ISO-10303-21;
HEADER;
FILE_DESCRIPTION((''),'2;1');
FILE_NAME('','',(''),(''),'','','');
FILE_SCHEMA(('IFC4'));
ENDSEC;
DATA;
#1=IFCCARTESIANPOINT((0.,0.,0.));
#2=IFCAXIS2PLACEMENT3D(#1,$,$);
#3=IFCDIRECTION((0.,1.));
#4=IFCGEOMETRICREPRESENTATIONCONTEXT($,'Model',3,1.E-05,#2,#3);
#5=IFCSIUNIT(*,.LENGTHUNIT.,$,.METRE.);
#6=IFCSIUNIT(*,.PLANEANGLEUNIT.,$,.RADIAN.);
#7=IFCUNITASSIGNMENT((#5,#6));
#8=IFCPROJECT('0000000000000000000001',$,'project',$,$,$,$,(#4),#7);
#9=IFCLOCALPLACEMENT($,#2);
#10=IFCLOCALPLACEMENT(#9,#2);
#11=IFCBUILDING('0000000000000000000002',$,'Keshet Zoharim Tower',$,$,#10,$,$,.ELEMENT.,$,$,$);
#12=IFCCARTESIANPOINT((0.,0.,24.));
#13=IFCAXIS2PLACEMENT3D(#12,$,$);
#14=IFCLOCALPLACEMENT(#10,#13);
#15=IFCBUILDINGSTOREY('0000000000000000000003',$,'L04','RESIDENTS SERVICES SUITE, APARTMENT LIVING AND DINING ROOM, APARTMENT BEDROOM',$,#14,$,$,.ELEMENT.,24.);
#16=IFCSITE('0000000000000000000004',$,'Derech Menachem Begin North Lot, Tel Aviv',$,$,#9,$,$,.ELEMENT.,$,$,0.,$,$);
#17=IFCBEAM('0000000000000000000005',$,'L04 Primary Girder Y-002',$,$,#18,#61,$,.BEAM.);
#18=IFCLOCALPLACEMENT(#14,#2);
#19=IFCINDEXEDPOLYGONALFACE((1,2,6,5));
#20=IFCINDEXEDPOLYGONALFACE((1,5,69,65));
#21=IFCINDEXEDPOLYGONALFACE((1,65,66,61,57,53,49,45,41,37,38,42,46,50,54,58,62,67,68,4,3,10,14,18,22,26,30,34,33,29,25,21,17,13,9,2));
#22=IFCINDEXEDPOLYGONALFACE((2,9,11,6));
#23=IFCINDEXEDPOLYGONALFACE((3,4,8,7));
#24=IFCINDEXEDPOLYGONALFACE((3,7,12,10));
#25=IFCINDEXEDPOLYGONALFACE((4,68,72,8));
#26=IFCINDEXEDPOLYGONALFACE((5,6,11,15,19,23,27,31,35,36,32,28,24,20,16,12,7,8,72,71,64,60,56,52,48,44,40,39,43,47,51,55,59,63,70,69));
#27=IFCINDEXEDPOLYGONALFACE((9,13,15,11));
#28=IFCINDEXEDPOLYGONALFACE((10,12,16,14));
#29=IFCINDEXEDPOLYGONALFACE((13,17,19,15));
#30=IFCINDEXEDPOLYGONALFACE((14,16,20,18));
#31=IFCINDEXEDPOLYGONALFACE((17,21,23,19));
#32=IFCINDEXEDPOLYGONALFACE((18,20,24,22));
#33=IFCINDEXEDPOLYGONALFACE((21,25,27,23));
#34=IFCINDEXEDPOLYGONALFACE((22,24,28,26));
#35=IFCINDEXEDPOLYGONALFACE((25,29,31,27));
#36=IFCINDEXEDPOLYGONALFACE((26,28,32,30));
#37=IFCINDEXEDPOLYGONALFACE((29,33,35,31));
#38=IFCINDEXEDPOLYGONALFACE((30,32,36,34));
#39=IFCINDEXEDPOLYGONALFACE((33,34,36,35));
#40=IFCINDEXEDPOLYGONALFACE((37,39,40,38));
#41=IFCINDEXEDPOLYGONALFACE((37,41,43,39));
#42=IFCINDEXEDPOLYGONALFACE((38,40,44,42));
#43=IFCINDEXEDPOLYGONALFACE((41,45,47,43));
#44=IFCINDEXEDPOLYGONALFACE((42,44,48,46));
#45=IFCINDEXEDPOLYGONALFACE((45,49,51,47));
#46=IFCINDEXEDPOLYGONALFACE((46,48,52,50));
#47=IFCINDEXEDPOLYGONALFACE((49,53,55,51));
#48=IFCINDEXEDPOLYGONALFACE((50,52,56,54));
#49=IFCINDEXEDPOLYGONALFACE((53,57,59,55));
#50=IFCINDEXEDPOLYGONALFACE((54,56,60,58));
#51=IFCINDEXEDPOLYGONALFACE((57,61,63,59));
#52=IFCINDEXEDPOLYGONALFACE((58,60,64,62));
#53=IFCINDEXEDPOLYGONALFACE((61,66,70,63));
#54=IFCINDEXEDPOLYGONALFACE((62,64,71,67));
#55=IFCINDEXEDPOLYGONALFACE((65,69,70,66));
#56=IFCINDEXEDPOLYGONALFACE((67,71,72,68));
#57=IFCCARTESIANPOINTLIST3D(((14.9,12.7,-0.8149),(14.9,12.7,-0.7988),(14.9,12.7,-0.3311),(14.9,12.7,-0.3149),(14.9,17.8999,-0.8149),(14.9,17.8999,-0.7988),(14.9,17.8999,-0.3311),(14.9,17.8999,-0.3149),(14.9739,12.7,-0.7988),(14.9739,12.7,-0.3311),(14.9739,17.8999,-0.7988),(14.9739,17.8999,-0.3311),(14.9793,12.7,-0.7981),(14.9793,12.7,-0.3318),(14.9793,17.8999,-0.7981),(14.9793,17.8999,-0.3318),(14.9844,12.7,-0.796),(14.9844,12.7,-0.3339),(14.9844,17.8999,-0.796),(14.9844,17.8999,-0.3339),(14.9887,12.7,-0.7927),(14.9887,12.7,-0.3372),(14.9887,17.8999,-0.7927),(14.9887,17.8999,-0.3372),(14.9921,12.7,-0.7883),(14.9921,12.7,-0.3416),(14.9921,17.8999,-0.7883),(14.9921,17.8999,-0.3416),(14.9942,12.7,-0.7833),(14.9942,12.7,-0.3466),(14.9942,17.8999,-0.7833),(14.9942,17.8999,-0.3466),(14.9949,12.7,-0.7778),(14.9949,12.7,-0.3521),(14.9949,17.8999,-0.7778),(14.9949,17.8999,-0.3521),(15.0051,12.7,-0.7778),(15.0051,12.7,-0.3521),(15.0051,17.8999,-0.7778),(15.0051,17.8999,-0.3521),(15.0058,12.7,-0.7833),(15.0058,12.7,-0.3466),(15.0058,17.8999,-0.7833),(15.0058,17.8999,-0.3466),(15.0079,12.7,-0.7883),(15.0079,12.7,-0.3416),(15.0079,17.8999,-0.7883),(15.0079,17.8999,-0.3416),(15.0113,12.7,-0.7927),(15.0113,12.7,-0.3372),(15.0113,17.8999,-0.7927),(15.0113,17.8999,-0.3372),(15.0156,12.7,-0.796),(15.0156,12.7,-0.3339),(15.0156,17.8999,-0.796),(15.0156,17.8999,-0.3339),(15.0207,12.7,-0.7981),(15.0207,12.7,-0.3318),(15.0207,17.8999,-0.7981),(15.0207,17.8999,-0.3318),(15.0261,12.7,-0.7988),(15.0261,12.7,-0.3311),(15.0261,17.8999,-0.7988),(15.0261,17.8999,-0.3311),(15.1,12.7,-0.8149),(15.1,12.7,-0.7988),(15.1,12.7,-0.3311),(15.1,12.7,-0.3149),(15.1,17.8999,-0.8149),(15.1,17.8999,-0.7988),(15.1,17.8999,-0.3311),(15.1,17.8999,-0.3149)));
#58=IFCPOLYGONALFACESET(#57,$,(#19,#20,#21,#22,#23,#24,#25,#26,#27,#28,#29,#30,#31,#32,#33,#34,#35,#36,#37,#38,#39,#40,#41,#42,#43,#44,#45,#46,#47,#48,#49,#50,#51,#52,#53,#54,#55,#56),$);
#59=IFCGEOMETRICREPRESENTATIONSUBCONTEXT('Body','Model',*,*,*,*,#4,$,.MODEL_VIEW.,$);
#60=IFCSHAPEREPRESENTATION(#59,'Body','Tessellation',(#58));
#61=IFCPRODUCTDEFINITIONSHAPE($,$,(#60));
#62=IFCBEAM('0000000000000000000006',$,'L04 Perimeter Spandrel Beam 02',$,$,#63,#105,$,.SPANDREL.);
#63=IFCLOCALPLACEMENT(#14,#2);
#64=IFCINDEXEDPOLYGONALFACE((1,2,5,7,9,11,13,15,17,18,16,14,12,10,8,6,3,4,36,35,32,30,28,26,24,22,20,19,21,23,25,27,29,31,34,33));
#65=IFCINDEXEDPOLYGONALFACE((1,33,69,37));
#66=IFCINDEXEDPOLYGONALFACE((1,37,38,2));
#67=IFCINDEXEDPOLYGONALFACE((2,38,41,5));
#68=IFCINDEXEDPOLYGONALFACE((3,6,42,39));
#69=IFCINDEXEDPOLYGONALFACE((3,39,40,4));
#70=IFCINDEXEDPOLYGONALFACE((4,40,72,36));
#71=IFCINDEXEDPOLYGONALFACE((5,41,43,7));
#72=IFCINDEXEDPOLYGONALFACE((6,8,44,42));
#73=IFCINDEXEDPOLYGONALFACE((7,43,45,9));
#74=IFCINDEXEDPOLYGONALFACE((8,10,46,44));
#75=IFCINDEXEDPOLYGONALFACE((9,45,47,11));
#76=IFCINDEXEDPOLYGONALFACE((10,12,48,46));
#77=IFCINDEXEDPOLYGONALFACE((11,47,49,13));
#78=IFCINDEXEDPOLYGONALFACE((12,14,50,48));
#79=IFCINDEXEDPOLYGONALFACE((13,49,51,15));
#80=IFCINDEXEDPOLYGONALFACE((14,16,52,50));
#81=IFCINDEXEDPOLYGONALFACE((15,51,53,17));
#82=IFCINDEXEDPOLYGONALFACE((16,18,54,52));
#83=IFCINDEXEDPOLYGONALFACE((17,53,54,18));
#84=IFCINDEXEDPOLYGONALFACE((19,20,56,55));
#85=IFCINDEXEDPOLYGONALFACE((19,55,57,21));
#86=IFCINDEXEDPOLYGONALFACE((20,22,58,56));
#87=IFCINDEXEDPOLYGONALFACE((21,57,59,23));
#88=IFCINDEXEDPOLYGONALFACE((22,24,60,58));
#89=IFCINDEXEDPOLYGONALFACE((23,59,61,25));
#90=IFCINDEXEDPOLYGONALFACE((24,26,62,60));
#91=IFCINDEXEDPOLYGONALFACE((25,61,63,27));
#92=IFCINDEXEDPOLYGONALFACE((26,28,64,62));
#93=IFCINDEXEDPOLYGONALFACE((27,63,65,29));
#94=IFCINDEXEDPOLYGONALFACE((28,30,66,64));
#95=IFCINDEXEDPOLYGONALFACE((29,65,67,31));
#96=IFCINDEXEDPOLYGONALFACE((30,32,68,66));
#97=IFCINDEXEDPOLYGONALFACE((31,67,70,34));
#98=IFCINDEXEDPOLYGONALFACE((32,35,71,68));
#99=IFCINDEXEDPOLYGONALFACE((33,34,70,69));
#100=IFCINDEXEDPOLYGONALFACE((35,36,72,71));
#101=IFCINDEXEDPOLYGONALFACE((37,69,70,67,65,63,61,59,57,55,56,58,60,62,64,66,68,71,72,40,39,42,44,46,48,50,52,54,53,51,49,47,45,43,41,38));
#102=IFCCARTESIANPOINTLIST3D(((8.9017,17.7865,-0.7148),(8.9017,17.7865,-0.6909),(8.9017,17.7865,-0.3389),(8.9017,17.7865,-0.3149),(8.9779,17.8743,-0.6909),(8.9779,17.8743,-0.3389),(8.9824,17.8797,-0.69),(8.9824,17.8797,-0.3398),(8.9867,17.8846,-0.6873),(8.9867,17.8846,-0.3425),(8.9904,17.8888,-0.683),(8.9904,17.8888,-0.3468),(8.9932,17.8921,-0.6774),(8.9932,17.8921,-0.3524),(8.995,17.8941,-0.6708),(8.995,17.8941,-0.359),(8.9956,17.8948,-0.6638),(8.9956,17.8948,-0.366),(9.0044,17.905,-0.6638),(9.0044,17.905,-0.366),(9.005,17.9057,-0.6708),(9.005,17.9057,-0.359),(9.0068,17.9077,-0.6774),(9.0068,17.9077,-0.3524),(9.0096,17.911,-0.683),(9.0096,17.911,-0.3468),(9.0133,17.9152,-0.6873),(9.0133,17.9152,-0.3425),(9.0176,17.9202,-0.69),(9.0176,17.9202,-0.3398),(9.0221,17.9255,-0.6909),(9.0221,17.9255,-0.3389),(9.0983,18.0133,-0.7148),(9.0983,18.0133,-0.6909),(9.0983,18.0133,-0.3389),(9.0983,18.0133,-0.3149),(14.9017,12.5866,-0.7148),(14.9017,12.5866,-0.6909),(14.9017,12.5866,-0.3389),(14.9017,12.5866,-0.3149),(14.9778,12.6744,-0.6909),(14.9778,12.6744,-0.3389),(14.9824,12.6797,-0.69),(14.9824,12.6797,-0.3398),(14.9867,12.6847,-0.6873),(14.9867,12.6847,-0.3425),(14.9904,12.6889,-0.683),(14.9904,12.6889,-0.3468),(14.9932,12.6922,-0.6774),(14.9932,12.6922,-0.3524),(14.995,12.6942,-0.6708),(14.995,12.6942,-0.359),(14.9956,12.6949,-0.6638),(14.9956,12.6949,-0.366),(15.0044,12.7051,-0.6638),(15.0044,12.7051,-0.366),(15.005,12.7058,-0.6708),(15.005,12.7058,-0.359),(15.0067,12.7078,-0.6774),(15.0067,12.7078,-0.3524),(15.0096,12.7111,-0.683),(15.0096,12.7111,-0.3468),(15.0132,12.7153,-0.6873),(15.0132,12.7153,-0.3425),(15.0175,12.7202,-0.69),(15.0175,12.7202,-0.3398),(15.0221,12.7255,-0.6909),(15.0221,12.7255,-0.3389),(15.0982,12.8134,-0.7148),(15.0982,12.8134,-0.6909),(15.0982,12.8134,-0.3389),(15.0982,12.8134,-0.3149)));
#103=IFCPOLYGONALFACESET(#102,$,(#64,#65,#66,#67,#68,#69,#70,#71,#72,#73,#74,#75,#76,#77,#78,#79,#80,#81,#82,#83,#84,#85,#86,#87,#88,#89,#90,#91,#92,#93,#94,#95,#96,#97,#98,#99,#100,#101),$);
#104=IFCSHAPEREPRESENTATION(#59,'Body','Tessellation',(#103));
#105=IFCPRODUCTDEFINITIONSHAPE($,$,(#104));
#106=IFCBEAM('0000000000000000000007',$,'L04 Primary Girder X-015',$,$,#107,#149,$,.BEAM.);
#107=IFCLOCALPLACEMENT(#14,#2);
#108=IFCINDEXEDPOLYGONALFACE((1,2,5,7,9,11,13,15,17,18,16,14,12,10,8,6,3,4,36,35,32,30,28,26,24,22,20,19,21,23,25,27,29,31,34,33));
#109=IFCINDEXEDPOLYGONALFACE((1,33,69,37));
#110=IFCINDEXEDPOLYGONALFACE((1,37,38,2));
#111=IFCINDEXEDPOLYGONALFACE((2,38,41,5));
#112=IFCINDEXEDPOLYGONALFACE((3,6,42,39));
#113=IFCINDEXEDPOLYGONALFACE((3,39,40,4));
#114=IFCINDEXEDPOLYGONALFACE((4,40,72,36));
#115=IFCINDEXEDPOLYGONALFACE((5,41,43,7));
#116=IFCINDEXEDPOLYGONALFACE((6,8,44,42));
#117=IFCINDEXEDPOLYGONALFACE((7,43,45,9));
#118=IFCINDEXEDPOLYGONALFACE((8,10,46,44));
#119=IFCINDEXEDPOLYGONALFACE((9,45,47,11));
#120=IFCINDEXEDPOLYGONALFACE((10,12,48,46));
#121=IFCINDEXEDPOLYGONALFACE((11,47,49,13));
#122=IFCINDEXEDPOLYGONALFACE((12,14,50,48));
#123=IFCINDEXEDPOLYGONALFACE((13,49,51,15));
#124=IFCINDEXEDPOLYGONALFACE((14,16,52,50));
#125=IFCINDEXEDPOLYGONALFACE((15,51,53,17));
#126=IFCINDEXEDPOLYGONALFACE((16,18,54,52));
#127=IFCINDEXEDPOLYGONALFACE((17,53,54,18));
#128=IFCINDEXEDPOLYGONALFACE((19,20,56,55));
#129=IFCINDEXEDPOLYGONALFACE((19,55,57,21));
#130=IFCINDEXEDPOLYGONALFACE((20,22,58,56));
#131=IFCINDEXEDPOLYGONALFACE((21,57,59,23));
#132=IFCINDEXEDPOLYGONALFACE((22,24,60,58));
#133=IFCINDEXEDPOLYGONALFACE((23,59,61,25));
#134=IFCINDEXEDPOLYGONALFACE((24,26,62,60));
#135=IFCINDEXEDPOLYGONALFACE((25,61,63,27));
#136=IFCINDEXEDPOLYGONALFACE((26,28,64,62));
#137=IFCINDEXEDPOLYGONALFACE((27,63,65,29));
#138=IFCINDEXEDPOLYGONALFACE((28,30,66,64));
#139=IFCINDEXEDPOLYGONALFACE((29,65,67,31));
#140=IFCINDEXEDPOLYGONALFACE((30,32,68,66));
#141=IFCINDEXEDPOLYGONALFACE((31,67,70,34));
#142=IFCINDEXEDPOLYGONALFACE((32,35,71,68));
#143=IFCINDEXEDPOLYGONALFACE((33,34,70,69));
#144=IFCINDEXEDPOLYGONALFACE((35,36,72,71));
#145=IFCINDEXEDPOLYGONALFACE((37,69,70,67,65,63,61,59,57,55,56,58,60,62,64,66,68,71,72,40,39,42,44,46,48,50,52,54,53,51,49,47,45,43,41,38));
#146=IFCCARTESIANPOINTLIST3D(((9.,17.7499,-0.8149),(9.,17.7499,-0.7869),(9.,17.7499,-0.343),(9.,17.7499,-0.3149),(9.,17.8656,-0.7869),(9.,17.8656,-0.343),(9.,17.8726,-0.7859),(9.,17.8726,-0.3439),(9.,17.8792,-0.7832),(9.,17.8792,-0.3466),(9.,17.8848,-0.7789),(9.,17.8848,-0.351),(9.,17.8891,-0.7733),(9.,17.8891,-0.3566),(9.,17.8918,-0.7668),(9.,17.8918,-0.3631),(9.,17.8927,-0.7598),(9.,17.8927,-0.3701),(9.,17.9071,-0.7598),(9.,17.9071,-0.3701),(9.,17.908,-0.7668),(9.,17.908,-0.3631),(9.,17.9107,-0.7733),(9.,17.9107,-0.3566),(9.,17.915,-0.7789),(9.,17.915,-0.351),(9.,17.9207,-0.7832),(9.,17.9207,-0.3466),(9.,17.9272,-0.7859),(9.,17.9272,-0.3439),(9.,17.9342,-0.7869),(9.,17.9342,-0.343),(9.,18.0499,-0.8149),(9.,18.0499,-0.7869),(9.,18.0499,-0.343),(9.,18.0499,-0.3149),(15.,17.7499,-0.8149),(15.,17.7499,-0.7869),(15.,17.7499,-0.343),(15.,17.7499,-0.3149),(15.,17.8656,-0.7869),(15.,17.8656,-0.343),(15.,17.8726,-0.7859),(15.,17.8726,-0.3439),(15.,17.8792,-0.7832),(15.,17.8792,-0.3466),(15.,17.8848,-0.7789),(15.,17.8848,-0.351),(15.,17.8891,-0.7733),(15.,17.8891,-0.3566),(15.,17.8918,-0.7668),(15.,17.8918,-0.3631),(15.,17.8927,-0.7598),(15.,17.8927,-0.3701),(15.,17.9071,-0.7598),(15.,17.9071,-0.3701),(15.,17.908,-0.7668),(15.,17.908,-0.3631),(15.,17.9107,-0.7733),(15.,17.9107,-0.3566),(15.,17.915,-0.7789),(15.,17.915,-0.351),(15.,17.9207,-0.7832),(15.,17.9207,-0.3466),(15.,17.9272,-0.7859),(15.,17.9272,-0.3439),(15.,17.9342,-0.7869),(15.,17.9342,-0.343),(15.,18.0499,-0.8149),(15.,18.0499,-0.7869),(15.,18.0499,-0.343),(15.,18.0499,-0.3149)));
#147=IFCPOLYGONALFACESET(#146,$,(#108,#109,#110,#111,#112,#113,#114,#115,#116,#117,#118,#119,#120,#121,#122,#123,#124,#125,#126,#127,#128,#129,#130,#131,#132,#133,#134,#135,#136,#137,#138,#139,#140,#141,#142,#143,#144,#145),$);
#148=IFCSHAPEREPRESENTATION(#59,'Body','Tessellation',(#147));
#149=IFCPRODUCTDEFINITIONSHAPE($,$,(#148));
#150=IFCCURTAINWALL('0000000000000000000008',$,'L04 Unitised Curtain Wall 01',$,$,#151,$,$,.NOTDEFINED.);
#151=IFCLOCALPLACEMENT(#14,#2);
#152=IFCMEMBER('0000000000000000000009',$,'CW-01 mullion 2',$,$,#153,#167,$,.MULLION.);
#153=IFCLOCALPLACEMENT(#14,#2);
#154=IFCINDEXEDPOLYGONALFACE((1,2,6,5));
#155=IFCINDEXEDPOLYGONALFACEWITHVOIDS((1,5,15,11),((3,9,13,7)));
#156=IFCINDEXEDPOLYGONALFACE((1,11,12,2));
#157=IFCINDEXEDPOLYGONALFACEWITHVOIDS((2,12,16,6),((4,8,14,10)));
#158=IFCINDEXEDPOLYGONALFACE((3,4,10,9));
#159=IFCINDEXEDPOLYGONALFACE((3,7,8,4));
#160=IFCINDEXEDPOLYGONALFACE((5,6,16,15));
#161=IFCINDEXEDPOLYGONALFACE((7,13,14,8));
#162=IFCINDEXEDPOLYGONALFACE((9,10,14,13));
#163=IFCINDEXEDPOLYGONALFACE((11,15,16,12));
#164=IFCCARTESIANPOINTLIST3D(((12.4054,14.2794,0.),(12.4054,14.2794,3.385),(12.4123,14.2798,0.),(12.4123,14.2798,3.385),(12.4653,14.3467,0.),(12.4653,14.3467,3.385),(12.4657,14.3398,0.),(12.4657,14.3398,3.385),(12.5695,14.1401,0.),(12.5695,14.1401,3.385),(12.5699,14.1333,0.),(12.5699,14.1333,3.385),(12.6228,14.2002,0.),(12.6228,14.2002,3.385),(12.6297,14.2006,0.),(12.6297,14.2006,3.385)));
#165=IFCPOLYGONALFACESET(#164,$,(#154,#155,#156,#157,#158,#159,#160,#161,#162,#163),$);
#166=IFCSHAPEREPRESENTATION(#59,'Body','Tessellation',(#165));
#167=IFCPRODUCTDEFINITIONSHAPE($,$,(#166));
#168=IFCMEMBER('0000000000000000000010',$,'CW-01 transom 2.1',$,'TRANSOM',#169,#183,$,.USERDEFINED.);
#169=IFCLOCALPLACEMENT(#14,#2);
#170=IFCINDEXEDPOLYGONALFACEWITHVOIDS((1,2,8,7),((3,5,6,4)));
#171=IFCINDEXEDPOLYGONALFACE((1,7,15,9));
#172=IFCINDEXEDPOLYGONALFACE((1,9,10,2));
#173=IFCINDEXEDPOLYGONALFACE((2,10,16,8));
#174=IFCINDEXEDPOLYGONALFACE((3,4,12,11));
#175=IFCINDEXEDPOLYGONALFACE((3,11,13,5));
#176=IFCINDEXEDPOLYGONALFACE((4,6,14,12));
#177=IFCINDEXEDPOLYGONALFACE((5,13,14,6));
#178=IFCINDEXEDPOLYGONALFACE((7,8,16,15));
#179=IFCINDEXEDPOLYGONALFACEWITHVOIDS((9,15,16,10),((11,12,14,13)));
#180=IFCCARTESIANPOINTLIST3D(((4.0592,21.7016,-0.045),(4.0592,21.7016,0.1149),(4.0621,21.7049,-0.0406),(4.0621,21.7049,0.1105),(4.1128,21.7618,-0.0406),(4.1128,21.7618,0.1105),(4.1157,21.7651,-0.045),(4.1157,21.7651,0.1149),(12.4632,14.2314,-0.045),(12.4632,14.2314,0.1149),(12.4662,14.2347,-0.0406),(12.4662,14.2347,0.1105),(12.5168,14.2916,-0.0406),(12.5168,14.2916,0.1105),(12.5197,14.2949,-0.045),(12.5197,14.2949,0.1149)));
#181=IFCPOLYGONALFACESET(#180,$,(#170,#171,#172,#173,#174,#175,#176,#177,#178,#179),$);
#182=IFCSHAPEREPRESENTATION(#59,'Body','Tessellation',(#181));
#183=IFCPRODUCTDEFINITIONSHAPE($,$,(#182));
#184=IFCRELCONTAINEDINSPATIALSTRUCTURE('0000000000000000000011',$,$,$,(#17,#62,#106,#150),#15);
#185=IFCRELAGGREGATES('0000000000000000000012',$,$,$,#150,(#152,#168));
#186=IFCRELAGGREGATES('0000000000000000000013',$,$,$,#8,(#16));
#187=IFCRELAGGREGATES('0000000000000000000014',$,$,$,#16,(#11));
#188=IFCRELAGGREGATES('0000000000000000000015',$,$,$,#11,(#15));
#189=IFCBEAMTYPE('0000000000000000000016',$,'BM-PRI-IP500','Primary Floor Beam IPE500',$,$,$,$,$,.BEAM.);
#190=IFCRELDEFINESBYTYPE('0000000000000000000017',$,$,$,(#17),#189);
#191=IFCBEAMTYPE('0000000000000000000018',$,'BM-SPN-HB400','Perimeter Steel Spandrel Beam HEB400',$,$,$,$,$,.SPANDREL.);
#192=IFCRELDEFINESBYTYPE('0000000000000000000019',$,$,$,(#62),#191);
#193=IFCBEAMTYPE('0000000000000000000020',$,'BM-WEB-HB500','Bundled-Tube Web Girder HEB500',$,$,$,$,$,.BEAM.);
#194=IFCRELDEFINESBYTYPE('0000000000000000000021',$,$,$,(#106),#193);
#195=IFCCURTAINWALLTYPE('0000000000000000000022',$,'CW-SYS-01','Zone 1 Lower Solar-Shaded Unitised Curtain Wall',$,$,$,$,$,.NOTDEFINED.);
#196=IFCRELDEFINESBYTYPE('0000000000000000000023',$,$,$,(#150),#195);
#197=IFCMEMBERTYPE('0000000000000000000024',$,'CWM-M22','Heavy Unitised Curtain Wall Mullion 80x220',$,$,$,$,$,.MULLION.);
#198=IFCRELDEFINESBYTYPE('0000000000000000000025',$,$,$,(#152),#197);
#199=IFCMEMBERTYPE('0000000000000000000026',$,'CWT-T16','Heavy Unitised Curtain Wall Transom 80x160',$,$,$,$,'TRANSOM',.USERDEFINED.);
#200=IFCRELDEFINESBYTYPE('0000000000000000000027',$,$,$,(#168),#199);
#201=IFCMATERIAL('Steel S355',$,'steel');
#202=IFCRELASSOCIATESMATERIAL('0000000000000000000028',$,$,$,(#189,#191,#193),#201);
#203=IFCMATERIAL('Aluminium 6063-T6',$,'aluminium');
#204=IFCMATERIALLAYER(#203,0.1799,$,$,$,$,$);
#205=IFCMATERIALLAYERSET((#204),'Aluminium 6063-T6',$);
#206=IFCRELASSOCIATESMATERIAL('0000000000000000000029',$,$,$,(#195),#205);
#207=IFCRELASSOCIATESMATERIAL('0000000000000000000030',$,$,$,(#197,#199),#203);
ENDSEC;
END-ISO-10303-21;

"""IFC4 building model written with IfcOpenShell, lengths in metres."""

from ifc_helpers import new_model, si_unit, direction, frame, origin, origin_2d, place, context, subcontext, project, spatial, hollow_rectangle, i_section, extrude, material, layer, layer_set, material_profile, profile_set, type_object, element, aggregate, save


model = new_model("IFC4")

# Units and contexts
model_context = context("Model", 3, precision=1e-05, world=origin(), true_north=direction((0.0, 1.0)))
body_context = subcontext(model_context, "Body", "Model", "MODEL_VIEW")
ifc_project = project(units=[si_unit("LENGTHUNIT", "METRE"), si_unit("PLANEANGLEUNIT", "RADIAN")], contexts=[model_context])

# Site, building, storey
site_placement = place(None, origin())
site = spatial("IfcSite", under=ifc_project, at=site_placement, Name="Derech Menachem Begin North Lot, Tel Aviv", CompositionType="ELEMENT", RefElevation=0.0)
building_placement = place(site_placement, origin())
building = spatial("IfcBuilding", under=site, at=building_placement, Name="Keshet Zoharim Tower", CompositionType="ELEMENT")
storey_placement = place(building_placement, frame((0.0, 0.0, 24.0)))
storey = spatial("IfcBuildingStorey", under=building, at=storey_placement, Name="L04", Description="RESIDENTS SERVICES SUITE, APARTMENT LIVING AND DINING ROOM, APARTMENT BEDROOM", CompositionType="ELEMENT", Elevation=24.0)

# Shared definitions
ifc_material_1 = material(Name="Steel S355", Category="steel")

# Beams
ifc_material_profile_1 = material_profile(ifc_material_1, i_section(OverallWidth=0.2, OverallDepth=0.5, WebThickness=0.0103, FlangeThickness=0.0161, FilletRadius=0.021, at=origin_2d()), Name="IPE500")
ifc_profile_set_1 = profile_set([ifc_material_profile_1], Name="Steel S355")
beam_type_1 = type_object("IfcBeamType", Name="BM-PRI-IP500", Description="Primary Floor Beam IPE500", PredefinedType="BEAM", material=ifc_profile_set_1)
beam_1_placement = place(storey_placement, frame((15.0, 12.7, -0.5649), z_axis=(0.0, 1.0, 0.0), x_axis=(-1.0, 0.0, 0.0)))
element("IfcBeam", 1, at=beam_1_placement, inside=storey, type_object=beam_type_1, Name="L04 Primary Girder Y-002", PredefinedType="BEAM", context=body_context, shape_type="SweptSolid", body=[
    extrude(i_section(OverallWidth=0.2, OverallDepth=0.5, WebThickness=0.0103, FlangeThickness=0.0161, FilletRadius=0.021, at=origin_2d()), origin(), (0.0, 0.0, 1.0), 5.2),
])
ifc_material_profile_2 = material_profile(ifc_material_1, i_section(OverallWidth=0.3, OverallDepth=0.3999, WebThickness=0.0134, FlangeThickness=0.0239, FilletRadius=0.0271, at=origin_2d()), Name="HEB400")
ifc_profile_set_2 = profile_set([ifc_material_profile_2], Name="Steel S355")
beam_type_2 = type_object("IfcBeamType", Name="BM-SPN-HB400", Description="Perimeter Steel Spandrel Beam HEB400", PredefinedType="SPANDREL", material=ifc_profile_set_2)
beam_2_placement = place(storey_placement, frame((9.0, 17.8999, -0.5149), z_axis=(0.755692, -0.654927, 0.0), x_axis=(0.654927, 0.755692, 0.0)))
element("IfcBeam", 2, at=beam_2_placement, inside=storey, type_object=beam_type_2, Name="L04 Perimeter Spandrel Beam 02", PredefinedType="SPANDREL", context=body_context, shape_type="SweptSolid", body=[
    extrude(i_section(OverallWidth=0.3, OverallDepth=0.3999, WebThickness=0.0134, FlangeThickness=0.0239, FilletRadius=0.0271, at=origin_2d()), origin(), (0.0, 0.0, 1.0), 7.9397),
])
ifc_material_profile_3 = material_profile(ifc_material_1, i_section(OverallWidth=0.3, OverallDepth=0.5, WebThickness=0.0144, FlangeThickness=0.0281, FilletRadius=0.0271, at=origin_2d()), Name="HEB500")
ifc_profile_set_3 = profile_set([ifc_material_profile_3], Name="Steel S355")
beam_type_3 = type_object("IfcBeamType", Name="BM-WEB-HB500", Description="Bundled-Tube Web Girder HEB500", PredefinedType="BEAM", material=ifc_profile_set_3)
beam_3_placement = place(storey_placement, frame((9.0, 17.8999, -0.5649), z_axis=(1.0, 0.0, 0.0), x_axis=(0.0, 1.0, 0.0)))
element("IfcBeam", 3, at=beam_3_placement, inside=storey, type_object=beam_type_3, Name="L04 Primary Girder X-015", PredefinedType="BEAM", context=body_context, shape_type="SweptSolid", body=[
    extrude(i_section(OverallWidth=0.3, OverallDepth=0.5, WebThickness=0.0144, FlangeThickness=0.0281, FilletRadius=0.0271, at=origin_2d()), origin(), (0.0, 0.0, 1.0), 6.0),
])

# Curtain wall, members
ifc_material_2 = material(Name="Aluminium 6063-T6", Category="aluminium")
ifc_layer_1 = layer(ifc_material_2, 0.1799)
ifc_layer_set_1 = layer_set([ifc_layer_1], Name="Aluminium 6063-T6")
curtain_wall_type = type_object("IfcCurtainWallType", Name="CW-SYS-01", Description="Zone 1 Lower Solar-Shaded Unitised Curtain Wall", PredefinedType="NOTDEFINED", material=ifc_layer_set_1)
curtain_wall_placement = place(storey_placement, origin())
curtain_wall = element("IfcCurtainWall", 4, at=curtain_wall_placement, inside=storey, type_object=curtain_wall_type, Name="L04 Unitised Curtain Wall 01", PredefinedType="NOTDEFINED")
ifc_material_profile_4 = material_profile(ifc_material_2, hollow_rectangle(XDim=0.0901, YDim=0.22, WallThickness=0.0049, at=origin_2d()), Name="MUL-90x220")
ifc_profile_set_4 = profile_set([ifc_material_profile_4], Name="Aluminium 6063-T6")
member_type_1 = type_object("IfcMemberType", Name="CWM-M22", Description="Heavy Unitised Curtain Wall Mullion 80x220", PredefinedType="MULLION", material=ifc_profile_set_4)
member_1_placement = place(storey_placement, frame((12.5176, 14.24, 0.0), z_axis=(0.0, 0.0, 1.0), x_axis=(-0.664364, -0.747409, 0.0)))
member_1 = element("IfcMember", 5, at=member_1_placement, type_object=member_type_1, Name="CW-01 mullion 2", PredefinedType="MULLION", context=body_context, shape_type="SweptSolid", body=[
    extrude(hollow_rectangle(XDim=0.0901, YDim=0.22, WallThickness=0.0049, at=origin_2d()), origin(), (0.0, 0.0, 1.0), 3.385),
])
ifc_material_profile_5 = material_profile(ifc_material_2, hollow_rectangle(XDim=0.085, YDim=0.1599, WallThickness=0.0044, at=origin_2d()), Name="TRN-85x160")
ifc_profile_set_5 = profile_set([ifc_material_profile_5], Name="Aluminium 6063-T6")
member_type_2 = type_object("IfcMemberType", Name="CWT-T16", Description="Heavy Unitised Curtain Wall Transom 80x160", ElementType="TRANSOM", PredefinedType="USERDEFINED", material=ifc_profile_set_5)
member_2_placement = place(storey_placement, frame((12.4915, 14.2632, 0.0349), z_axis=(-0.747412, 0.664361, 0.0), x_axis=(-0.664361, -0.747412, 0.0)))
member_2 = element("IfcMember", 6, at=member_2_placement, type_object=member_type_2, Name="CW-01 transom 2.1", ObjectType="TRANSOM", PredefinedType="USERDEFINED", context=body_context, shape_type="SweptSolid", body=[
    extrude(hollow_rectangle(XDim=0.085, YDim=0.1599, WallThickness=0.0044, at=origin_2d()), origin(), (0.0, 0.0, 1.0), 11.2441),
])
aggregate(curtain_wall, [member_1, member_2])

save(model, "model.ifc")
